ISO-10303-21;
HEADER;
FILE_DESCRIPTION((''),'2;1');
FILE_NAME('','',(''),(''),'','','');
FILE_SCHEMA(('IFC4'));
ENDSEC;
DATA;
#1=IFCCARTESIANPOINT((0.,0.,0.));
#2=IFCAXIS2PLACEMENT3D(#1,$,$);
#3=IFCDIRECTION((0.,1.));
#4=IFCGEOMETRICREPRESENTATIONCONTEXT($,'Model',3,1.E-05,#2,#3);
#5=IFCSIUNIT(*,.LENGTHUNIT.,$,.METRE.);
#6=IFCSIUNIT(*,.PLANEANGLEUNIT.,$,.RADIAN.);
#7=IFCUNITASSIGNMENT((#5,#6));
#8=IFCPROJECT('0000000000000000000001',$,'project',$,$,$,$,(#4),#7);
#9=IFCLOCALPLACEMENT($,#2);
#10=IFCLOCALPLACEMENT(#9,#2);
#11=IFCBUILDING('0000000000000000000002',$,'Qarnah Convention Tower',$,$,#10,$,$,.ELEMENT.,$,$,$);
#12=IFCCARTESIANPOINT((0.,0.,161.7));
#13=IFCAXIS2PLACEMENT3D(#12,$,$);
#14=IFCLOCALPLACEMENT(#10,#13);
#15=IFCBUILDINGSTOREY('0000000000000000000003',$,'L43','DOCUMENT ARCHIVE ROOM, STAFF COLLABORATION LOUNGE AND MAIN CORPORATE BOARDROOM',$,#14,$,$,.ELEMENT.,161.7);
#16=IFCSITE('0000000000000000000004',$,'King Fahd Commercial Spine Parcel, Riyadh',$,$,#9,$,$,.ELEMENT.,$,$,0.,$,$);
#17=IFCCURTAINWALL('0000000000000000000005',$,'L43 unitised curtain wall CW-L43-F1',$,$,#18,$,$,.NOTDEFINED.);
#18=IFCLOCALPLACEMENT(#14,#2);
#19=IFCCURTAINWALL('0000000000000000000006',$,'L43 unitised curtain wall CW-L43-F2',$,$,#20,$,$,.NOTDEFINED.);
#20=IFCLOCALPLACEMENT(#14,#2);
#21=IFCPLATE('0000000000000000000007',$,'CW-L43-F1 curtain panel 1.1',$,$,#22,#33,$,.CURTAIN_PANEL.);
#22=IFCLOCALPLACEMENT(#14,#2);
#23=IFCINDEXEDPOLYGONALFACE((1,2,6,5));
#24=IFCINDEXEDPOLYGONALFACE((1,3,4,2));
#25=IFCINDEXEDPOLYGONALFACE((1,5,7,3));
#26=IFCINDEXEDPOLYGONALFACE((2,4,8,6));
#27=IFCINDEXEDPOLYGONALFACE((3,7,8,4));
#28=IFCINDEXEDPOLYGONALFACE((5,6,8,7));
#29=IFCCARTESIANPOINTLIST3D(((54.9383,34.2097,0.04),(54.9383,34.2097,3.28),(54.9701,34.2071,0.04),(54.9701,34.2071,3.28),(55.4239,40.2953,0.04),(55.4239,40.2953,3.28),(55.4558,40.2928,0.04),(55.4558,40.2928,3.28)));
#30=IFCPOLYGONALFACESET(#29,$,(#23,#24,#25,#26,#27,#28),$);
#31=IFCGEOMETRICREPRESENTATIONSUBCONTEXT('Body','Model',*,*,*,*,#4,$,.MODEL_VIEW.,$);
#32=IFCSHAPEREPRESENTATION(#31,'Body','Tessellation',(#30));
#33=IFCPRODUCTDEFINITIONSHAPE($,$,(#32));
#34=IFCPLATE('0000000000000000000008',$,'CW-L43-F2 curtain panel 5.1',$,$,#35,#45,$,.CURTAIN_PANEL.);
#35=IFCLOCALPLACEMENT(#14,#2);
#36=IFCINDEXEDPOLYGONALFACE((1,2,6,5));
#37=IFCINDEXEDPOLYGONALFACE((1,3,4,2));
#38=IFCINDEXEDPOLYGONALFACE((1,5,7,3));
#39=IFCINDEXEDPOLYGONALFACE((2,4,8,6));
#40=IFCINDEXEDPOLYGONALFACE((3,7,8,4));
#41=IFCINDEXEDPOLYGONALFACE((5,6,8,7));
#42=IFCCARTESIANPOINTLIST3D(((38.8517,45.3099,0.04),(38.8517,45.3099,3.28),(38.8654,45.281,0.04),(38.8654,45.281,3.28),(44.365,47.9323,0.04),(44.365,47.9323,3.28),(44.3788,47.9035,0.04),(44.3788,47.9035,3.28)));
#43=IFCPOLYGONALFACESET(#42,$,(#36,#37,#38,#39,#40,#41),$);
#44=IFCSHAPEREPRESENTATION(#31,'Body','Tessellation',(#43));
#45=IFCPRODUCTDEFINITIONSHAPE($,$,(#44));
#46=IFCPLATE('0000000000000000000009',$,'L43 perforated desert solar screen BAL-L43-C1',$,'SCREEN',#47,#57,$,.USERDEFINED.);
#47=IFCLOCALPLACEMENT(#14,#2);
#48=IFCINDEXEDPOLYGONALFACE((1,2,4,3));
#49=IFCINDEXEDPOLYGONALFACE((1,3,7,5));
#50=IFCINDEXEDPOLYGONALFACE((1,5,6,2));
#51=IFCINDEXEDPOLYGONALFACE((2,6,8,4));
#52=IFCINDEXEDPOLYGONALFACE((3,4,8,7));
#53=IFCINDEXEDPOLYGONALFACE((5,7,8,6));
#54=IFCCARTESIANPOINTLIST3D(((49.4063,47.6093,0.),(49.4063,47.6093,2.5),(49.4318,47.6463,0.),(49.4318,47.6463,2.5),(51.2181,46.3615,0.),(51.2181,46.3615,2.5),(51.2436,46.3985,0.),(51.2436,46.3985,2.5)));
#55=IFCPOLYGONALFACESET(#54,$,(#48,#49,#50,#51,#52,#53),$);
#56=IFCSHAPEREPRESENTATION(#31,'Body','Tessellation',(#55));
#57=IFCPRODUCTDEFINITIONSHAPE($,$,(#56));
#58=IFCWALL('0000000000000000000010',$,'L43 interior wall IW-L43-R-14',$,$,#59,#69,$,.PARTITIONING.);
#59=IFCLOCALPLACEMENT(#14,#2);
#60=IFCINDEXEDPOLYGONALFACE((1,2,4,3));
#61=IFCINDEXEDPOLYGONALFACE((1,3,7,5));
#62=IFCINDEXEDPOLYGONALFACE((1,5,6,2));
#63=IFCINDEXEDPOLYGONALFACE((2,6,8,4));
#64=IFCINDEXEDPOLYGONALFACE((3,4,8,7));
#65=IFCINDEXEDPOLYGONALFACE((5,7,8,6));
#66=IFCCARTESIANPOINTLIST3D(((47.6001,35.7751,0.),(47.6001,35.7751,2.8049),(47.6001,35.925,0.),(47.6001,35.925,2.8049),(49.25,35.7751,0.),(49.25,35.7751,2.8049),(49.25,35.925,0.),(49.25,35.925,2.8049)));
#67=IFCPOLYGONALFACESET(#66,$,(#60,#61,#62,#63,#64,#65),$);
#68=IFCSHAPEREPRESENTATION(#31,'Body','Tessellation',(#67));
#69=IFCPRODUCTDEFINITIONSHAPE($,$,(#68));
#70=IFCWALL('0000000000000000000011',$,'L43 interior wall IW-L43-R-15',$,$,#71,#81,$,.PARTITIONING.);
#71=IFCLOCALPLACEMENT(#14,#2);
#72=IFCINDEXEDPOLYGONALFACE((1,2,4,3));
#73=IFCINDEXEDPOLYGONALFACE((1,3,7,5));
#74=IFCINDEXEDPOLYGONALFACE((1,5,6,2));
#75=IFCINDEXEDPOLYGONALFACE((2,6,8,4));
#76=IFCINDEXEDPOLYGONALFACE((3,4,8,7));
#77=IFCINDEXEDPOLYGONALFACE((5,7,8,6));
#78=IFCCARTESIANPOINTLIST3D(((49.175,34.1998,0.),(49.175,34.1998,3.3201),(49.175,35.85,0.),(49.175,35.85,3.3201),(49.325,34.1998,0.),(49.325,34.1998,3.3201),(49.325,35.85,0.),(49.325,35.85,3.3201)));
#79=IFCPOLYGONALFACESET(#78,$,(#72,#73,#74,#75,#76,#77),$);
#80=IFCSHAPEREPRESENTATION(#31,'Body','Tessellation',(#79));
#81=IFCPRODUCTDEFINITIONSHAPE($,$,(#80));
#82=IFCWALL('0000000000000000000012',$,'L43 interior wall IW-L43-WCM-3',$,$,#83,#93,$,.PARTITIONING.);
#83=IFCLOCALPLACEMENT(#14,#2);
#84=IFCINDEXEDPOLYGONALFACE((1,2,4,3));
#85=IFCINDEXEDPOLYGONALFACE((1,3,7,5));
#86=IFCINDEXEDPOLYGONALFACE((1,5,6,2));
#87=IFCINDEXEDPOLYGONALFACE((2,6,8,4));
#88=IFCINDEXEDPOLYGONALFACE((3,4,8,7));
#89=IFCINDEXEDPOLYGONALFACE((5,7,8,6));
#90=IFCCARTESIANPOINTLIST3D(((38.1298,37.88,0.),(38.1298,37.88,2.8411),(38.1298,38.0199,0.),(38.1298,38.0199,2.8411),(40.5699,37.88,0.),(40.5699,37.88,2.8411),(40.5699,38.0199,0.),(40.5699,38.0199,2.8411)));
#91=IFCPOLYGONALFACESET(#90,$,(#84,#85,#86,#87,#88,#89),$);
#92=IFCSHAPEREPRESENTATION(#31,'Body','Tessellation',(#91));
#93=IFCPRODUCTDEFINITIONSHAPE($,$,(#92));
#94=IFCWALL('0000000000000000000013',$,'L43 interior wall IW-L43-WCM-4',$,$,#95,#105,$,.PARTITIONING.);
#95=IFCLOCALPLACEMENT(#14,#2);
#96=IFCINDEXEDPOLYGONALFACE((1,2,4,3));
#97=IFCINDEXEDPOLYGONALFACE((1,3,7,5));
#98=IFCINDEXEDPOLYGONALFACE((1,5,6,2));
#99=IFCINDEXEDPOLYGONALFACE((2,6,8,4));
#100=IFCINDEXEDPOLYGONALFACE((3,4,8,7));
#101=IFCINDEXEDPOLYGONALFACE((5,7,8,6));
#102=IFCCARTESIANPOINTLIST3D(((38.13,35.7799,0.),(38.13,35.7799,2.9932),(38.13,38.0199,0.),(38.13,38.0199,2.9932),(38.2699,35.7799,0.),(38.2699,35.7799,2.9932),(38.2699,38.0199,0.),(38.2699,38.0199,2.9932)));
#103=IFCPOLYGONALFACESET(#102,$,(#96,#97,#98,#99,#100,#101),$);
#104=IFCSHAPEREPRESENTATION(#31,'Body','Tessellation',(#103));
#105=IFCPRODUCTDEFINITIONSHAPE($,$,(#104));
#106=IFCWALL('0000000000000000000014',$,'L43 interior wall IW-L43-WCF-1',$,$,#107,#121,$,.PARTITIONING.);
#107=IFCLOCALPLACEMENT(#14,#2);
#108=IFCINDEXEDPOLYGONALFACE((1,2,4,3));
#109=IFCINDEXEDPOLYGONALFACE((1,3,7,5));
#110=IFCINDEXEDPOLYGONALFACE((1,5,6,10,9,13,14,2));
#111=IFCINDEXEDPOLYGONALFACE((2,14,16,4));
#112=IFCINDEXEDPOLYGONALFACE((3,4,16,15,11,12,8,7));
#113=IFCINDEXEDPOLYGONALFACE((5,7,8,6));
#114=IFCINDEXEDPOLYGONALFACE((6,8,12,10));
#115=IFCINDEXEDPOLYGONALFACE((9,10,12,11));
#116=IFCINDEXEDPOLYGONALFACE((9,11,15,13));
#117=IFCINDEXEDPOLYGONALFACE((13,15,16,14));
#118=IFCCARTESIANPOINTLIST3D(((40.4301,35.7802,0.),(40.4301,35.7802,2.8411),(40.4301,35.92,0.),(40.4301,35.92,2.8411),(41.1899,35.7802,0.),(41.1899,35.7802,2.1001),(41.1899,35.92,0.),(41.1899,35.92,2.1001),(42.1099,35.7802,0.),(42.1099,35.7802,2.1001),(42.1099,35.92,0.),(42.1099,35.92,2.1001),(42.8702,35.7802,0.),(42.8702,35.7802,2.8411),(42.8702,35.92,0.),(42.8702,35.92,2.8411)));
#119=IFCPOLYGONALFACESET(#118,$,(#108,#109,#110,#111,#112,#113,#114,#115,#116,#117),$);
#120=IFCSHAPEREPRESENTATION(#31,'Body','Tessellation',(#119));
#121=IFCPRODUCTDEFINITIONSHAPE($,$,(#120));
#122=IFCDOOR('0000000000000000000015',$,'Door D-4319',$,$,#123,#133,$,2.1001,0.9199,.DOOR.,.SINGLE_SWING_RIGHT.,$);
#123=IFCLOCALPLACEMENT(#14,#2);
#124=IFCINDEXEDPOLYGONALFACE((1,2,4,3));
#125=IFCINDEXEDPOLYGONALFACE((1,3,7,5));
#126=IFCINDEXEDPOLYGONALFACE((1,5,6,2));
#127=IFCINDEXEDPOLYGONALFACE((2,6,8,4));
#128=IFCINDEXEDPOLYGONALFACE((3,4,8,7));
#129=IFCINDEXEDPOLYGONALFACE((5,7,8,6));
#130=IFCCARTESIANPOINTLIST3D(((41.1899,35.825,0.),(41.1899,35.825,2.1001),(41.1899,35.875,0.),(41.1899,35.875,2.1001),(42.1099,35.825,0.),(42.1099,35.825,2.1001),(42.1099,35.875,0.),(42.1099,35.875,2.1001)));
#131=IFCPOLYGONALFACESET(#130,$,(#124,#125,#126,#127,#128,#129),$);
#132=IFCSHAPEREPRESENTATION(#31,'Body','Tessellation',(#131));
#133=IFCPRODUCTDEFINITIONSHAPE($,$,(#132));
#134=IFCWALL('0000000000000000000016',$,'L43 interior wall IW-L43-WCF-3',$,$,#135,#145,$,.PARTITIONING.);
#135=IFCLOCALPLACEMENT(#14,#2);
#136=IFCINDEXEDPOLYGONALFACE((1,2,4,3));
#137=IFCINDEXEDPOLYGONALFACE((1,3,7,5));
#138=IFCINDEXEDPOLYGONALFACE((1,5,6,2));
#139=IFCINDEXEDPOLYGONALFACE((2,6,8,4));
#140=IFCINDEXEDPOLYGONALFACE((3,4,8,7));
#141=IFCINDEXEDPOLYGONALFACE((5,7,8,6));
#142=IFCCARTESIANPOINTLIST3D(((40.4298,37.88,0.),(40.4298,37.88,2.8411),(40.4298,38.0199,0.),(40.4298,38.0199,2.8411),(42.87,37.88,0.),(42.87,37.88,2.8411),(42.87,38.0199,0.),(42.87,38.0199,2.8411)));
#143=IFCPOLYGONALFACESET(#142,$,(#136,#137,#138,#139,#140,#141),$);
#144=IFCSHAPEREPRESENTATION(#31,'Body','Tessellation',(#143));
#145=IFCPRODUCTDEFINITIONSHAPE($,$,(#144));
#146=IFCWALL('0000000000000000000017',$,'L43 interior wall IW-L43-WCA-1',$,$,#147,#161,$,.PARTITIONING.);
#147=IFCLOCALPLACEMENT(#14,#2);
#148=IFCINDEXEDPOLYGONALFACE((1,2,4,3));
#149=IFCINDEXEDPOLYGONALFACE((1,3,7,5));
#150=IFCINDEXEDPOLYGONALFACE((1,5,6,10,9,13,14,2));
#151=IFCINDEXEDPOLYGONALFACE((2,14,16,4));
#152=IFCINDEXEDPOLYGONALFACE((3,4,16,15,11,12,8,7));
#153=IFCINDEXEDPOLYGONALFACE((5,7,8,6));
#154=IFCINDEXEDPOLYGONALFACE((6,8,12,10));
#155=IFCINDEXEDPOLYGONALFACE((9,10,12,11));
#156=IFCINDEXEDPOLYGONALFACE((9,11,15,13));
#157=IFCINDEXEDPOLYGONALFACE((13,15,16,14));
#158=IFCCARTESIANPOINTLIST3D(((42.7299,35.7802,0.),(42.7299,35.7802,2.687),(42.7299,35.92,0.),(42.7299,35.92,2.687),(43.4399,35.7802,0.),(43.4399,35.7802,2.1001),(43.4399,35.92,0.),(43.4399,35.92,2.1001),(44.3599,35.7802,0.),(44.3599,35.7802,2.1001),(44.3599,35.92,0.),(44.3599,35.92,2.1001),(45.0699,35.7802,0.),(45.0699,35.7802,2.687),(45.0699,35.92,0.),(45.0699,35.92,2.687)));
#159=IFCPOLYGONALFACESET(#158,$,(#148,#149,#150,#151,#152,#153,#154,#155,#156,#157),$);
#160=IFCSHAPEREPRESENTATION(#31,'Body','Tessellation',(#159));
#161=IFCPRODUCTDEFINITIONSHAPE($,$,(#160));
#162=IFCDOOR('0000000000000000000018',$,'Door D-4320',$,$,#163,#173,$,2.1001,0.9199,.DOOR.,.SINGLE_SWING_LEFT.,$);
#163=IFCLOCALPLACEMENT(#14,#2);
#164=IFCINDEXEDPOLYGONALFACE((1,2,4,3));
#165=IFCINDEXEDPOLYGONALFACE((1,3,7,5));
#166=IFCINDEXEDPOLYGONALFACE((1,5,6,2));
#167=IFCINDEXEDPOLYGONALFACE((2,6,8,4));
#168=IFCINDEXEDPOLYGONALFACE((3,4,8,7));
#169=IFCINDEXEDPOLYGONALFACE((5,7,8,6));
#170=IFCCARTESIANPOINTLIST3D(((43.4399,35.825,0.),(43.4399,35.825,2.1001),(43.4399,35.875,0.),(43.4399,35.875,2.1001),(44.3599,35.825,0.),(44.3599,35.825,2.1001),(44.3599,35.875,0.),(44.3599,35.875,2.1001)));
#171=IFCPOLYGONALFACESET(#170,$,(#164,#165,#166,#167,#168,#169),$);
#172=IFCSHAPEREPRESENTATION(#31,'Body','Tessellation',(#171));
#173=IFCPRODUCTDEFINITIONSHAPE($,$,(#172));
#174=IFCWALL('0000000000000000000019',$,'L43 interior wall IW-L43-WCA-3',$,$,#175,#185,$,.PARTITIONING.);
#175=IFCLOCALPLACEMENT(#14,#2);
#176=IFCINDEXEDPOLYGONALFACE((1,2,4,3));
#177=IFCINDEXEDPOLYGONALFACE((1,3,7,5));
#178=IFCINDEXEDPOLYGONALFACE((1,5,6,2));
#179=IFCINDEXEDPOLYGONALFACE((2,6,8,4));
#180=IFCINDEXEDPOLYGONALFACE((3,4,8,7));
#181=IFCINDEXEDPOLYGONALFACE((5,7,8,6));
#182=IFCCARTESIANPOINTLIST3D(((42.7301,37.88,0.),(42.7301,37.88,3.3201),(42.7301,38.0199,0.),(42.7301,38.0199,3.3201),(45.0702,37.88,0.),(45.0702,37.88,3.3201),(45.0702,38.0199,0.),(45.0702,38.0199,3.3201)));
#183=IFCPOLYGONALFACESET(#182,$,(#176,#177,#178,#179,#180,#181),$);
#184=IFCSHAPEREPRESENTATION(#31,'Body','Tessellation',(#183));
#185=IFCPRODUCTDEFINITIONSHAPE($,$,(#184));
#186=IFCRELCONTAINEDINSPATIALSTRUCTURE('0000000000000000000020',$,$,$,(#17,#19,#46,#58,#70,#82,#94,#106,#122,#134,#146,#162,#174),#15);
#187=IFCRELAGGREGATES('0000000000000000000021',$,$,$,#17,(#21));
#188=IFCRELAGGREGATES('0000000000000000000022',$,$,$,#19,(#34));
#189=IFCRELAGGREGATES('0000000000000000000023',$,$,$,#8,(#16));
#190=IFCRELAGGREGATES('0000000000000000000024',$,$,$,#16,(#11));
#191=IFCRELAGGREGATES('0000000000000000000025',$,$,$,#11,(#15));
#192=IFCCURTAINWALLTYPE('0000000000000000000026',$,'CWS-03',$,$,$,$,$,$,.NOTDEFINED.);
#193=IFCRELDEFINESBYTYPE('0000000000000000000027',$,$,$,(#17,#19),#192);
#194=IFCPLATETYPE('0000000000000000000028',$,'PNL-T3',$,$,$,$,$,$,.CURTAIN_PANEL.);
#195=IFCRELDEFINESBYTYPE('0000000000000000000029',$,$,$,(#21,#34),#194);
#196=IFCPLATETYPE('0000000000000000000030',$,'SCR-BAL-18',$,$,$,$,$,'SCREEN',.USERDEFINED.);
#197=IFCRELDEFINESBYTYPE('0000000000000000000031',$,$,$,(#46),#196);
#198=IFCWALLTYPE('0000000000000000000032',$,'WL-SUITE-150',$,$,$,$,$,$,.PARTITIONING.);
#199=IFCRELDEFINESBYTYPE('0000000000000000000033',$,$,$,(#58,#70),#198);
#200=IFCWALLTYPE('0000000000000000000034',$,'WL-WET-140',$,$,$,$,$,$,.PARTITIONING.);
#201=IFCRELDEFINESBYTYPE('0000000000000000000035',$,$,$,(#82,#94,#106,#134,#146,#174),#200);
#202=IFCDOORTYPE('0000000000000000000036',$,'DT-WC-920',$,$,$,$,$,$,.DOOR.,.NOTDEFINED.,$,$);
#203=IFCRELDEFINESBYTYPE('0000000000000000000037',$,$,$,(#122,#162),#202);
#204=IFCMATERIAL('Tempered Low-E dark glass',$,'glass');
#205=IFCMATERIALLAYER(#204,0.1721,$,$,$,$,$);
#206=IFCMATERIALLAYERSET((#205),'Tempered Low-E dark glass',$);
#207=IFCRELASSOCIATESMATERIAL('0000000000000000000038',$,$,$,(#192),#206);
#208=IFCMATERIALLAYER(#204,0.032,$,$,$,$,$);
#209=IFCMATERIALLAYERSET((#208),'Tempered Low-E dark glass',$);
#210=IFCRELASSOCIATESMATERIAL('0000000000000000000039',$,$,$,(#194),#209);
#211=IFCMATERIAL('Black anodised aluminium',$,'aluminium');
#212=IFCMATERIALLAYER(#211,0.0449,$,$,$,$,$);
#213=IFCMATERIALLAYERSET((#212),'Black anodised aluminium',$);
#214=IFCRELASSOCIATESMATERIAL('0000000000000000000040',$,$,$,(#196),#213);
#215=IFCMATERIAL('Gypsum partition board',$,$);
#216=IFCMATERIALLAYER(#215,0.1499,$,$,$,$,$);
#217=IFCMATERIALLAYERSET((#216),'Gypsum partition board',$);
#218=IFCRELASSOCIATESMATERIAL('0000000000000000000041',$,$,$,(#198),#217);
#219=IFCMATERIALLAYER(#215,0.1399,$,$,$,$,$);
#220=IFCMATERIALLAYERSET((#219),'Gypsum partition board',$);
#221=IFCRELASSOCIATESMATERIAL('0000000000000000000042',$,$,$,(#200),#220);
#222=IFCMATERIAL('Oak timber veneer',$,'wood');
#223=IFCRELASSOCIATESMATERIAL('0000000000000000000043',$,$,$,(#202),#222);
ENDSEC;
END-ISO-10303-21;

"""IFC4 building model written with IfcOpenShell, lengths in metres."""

from ifc_helpers import new_model, si_unit, direction, frame, frame_2d, origin, origin_2d, place, context, subcontext, project, spatial, rectangle, extrude, material, layer, layer_set, type_object, element, fill, aggregate, save


model = new_model("IFC4")

# Units and contexts
model_context = context("Model", 3, precision=1e-05, world=origin(), true_north=direction((0.0, 1.0)))
body_context = subcontext(model_context, "Body", "Model", "MODEL_VIEW")
ifc_project = project(units=[si_unit("LENGTHUNIT", "METRE"), si_unit("PLANEANGLEUNIT", "RADIAN")], contexts=[model_context])

# Site, building, storey
site_placement = place(None, origin())
site = spatial("IfcSite", under=ifc_project, at=site_placement, Name="King Fahd Commercial Spine Parcel, Riyadh", CompositionType="ELEMENT", RefElevation=0.0)
building_placement = place(site_placement, origin())
building = spatial("IfcBuilding", under=site, at=building_placement, Name="Qarnah Convention Tower", CompositionType="ELEMENT")
storey_placement = place(building_placement, frame((0.0, 0.0, 161.7)))
storey = spatial("IfcBuildingStorey", under=building, at=storey_placement, Name="L43", Description="DOCUMENT ARCHIVE ROOM, STAFF COLLABORATION LOUNGE AND MAIN CORPORATE BOARDROOM", CompositionType="ELEMENT", Elevation=161.7)

# Curtain wall
ifc_material_1 = material(Name="Tempered Low-E dark glass", Category="glass")
ifc_layer_1 = layer(ifc_material_1, 0.1721)
ifc_layer_set_1 = layer_set([ifc_layer_1], Name="Tempered Low-E dark glass")
curtain_wall_type = type_object("IfcCurtainWallType", Name="CWS-03", PredefinedType="NOTDEFINED", material=ifc_layer_set_1)
curtain_wall_1_placement = place(storey_placement, origin())
curtain_wall_1 = element("IfcCurtainWall", 1, at=curtain_wall_1_placement, inside=storey, type_object=curtain_wall_type, Name="L43 unitised curtain wall CW-L43-F1", PredefinedType="NOTDEFINED")
ifc_material_2 = material(Name="Black anodised aluminium", Category="aluminium")

# Curtain wall
curtain_wall_2_placement = place(storey_placement, origin())
curtain_wall_2 = element("IfcCurtainWall", 2, at=curtain_wall_2_placement, inside=storey, type_object=curtain_wall_type, Name="L43 unitised curtain wall CW-L43-F2", PredefinedType="NOTDEFINED")

# Plates
ifc_layer_2 = layer(ifc_material_1, 0.032)
ifc_layer_set_2 = layer_set([ifc_layer_2], Name="Tempered Low-E dark glass")
plate_type_1 = type_object("IfcPlateType", Name="PNL-T3", PredefinedType="CURTAIN_PANEL", material=ifc_layer_set_2)
plate_1_placement = place(storey_placement, frame((55.197, 37.2512, 0.04), z_axis=(0.0, 0.0, 1.0), x_axis=(-0.079547, -0.996831, 0.0)))
plate_1 = element("IfcPlate", 3, at=plate_1_placement, type_object=plate_type_1, Name="CW-L43-F1 curtain panel 1.1", PredefinedType="CURTAIN_PANEL", context=body_context, shape_type="SweptSolid", body=[
    extrude(rectangle(XDim=6.105, YDim=0.032, at=origin_2d()), origin(), (0.0, 0.0, 1.0), 3.24),
])
aggregate(curtain_wall_1, [plate_1])
plate_2_placement = place(storey_placement, frame((41.6152, 46.6067, 0.04), z_axis=(0.0, 0.0, 1.0), x_axis=(0.903049, 0.429537, 0.0)))
plate_2 = element("IfcPlate", 4, at=plate_2_placement, type_object=plate_type_1, Name="CW-L43-F2 curtain panel 5.1", PredefinedType="CURTAIN_PANEL", context=body_context, shape_type="SweptSolid", body=[
    extrude(rectangle(XDim=6.1052, YDim=0.032, at=origin_2d()), origin(), (0.0, 0.0, 1.0), 3.24),
])
aggregate(curtain_wall_2, [plate_2])
ifc_layer_3 = layer(ifc_material_2, 0.0449)
ifc_layer_set_3 = layer_set([ifc_layer_3], Name="Black anodised aluminium")
plate_type_2 = type_object("IfcPlateType", Name="SCR-BAL-18", ElementType="SCREEN", PredefinedType="USERDEFINED", material=ifc_layer_set_3)
plate_3_placement = place(storey_placement, frame((50.325, 47.0039, 0.0), z_axis=(0.0, 0.0, 1.0), x_axis=(0.823559, -0.56723, 0.0)))
element("IfcPlate", 5, at=plate_3_placement, inside=storey, type_object=plate_type_2, Name="L43 perforated desert solar screen BAL-L43-C1", ObjectType="SCREEN", PredefinedType="USERDEFINED", context=body_context, shape_type="SweptSolid", body=[
    extrude(rectangle(XDim=2.2, YDim=0.0449, at=origin_2d()), origin(), (0.0, 0.0, 1.0), 2.5),
])

# Shared definitions
ifc_material_3 = material(Name="Gypsum partition board")
ifc_layer_4 = layer(ifc_material_3, 0.1499)
ifc_layer_set_4 = layer_set([ifc_layer_4], Name="Gypsum partition board")
wall_type_1 = type_object("IfcWallType", Name="WL-SUITE-150", PredefinedType="PARTITIONING", material=ifc_layer_set_4)
ifc_material_4 = material(Name="Oak timber veneer", Category="wood")

# Walls
wall_1_placement = place(storey_placement, frame((47.6001, 35.8501, 0.0), z_axis=(0.0, 0.0, 1.0), x_axis=(1.0, 0.0, 0.0)))
element("IfcWall", 6, at=wall_1_placement, inside=storey, type_object=wall_type_1, Name="L43 interior wall IW-L43-R-14", PredefinedType="PARTITIONING", context=body_context, shape_type="SweptSolid", body=[
    extrude(rectangle(XDim=1.6499, YDim=0.1499, at=frame_2d((0.825, 0.0))), origin(), (0.0, 0.0, 1.0), 2.8049),
])
wall_2_placement = place(storey_placement, frame((49.25, 35.8501, 0.0), z_axis=(0.0, 0.0, 1.0), x_axis=(0.0, -1.0, 0.0)))
element("IfcWall", 7, at=wall_2_placement, inside=storey, type_object=wall_type_1, Name="L43 interior wall IW-L43-R-15", PredefinedType="PARTITIONING", context=body_context, shape_type="SweptSolid", body=[
    extrude(rectangle(XDim=1.6501, YDim=0.1499, at=frame_2d((0.8252, 0.0))), origin(), (0.0, 0.0, 1.0), 3.3201),
])
ifc_layer_5 = layer(ifc_material_3, 0.1399)
ifc_layer_set_5 = layer_set([ifc_layer_5], Name="Gypsum partition board")
wall_type_2 = type_object("IfcWallType", Name="WL-WET-140", PredefinedType="PARTITIONING", material=ifc_layer_set_5)
wall_3_placement = place(storey_placement, frame((40.5701, 37.95, 0.0), z_axis=(0.0, 0.0, 1.0), x_axis=(-1.0, 0.0, 0.0)))
element("IfcWall", 8, at=wall_3_placement, inside=storey, type_object=wall_type_2, Name="L43 interior wall IW-L43-WCM-3", PredefinedType="PARTITIONING", context=body_context, shape_type="SweptSolid", body=[
    extrude(rectangle(XDim=2.4402, YDim=0.1399, at=frame_2d((1.2202, 0.0))), origin(), (0.0, 0.0, 1.0), 2.8411),
])
wall_4_placement = place(storey_placement, frame((38.2, 38.02, 0.0), z_axis=(0.0, 0.0, 1.0), x_axis=(0.0, -1.0, 0.0)))
element("IfcWall", 9, at=wall_4_placement, inside=storey, type_object=wall_type_2, Name="L43 interior wall IW-L43-WCM-4", PredefinedType="PARTITIONING", context=body_context, shape_type="SweptSolid", body=[
    extrude(rectangle(XDim=2.24, YDim=0.1399, at=frame_2d((1.1201, 0.0))), origin(), (0.0, 0.0, 1.0), 2.9932),
])

# Wall, opening, door
wall_5_placement = place(storey_placement, frame((40.4299, 35.8501, 0.0), z_axis=(0.0, 0.0, 1.0), x_axis=(1.0, 0.0, 0.0)))
wall_5 = element("IfcWall", 10, at=wall_5_placement, inside=storey, type_object=wall_type_2, Name="L43 interior wall IW-L43-WCF-1", PredefinedType="PARTITIONING", context=body_context, shape_type="SweptSolid", body=[
    extrude(rectangle(XDim=2.4402, YDim=0.1399, at=frame_2d((1.2202, 0.0))), origin(), (0.0, 0.0, 1.0), 2.8411),
])
opening_1_placement = place(wall_5_placement, frame((0.76, 0.0, 0.0)))
opening_1 = element("IfcOpeningElement", 11, at=opening_1_placement, cuts=wall_5, PredefinedType="OPENING", context=body_context, shape_type="SweptSolid", body=[
    extrude(rectangle(XDim=0.9199, YDim=2.1001, at=frame_2d((0.46, 1.05))), frame((0.0, 0.0798, 0.0), z_axis=(0.0, -1.0, 0.0), x_axis=(1.0, 0.0, 0.0)), (0.0, 0.0, 1.0), 0.1599),
])
door_type_1 = type_object("IfcDoorType", Name="DT-WC-920", OperationType="NOTDEFINED", PredefinedType="DOOR", material=ifc_material_4)
door_1_placement = place(opening_1_placement, origin())
door_1 = element("IfcDoor", 12, at=door_1_placement, inside=storey, type_object=door_type_1, Name="Door D-4319", OperationType="SINGLE_SWING_RIGHT", OverallHeight=2.1001, OverallWidth=0.9199, PredefinedType="DOOR", context=body_context, shape_type="SweptSolid", body=[
    extrude(rectangle(XDim=0.9199, YDim=2.1001, at=frame_2d((0.46, 1.05))), frame((0.0, 0.0249, 0.0), z_axis=(0.0, -1.0, 0.0), x_axis=(1.0, 0.0, 0.0)), (0.0, 0.0, 1.0), 0.05),
])
fill(opening_1, door_1)

# Wall
wall_6_placement = place(storey_placement, frame((42.8701, 37.95, 0.0), z_axis=(0.0, 0.0, 1.0), x_axis=(-1.0, 0.0, 0.0)))
element("IfcWall", 13, at=wall_6_placement, inside=storey, type_object=wall_type_2, Name="L43 interior wall IW-L43-WCF-3", PredefinedType="PARTITIONING", context=body_context, shape_type="SweptSolid", body=[
    extrude(rectangle(XDim=2.4402, YDim=0.1399, at=frame_2d((1.2202, 0.0))), origin(), (0.0, 0.0, 1.0), 2.8411),
])

# Wall, opening, door
wall_7_placement = place(storey_placement, frame((42.73, 35.8501, 0.0), z_axis=(0.0, 0.0, 1.0), x_axis=(1.0, 0.0, 0.0)))
wall_7 = element("IfcWall", 14, at=wall_7_placement, inside=storey, type_object=wall_type_2, Name="L43 interior wall IW-L43-WCA-1", PredefinedType="PARTITIONING", context=body_context, shape_type="SweptSolid", body=[
    extrude(rectangle(XDim=2.3401, YDim=0.1399, at=frame_2d((1.1699, 0.0))), origin(), (0.0, 0.0, 1.0), 2.687),
])
opening_2_placement = place(wall_7_placement, frame((0.71, 0.0, 0.0)))
opening_2 = element("IfcOpeningElement", 15, at=opening_2_placement, cuts=wall_7, PredefinedType="OPENING", context=body_context, shape_type="SweptSolid", body=[
    extrude(rectangle(XDim=0.9199, YDim=2.1001, at=frame_2d((0.46, 1.05))), frame((0.0, 0.0798, 0.0), z_axis=(0.0, -1.0, 0.0), x_axis=(1.0, 0.0, 0.0)), (0.0, 0.0, 1.0), 0.1599),
])
door_2_placement = place(opening_2_placement, origin())
door_2 = element("IfcDoor", 16, at=door_2_placement, inside=storey, type_object=door_type_1, Name="Door D-4320", OperationType="SINGLE_SWING_LEFT", OverallHeight=2.1001, OverallWidth=0.9199, PredefinedType="DOOR", context=body_context, shape_type="SweptSolid", body=[
    extrude(rectangle(XDim=0.9199, YDim=2.1001, at=frame_2d((0.46, 1.05))), frame((0.0, 0.0249, 0.0), z_axis=(0.0, -1.0, 0.0), x_axis=(1.0, 0.0, 0.0)), (0.0, 0.0, 1.0), 0.05),
])
fill(opening_2, door_2)

# Wall
wall_8_placement = place(storey_placement, frame((45.0701, 37.95, 0.0), z_axis=(0.0, 0.0, 1.0), x_axis=(-1.0, 0.0, 0.0)))
element("IfcWall", 17, at=wall_8_placement, inside=storey, type_object=wall_type_2, Name="L43 interior wall IW-L43-WCA-3", PredefinedType="PARTITIONING", context=body_context, shape_type="SweptSolid", body=[
    extrude(rectangle(XDim=2.3401, YDim=0.1399, at=frame_2d((1.1699, 0.0))), origin(), (0.0, 0.0, 1.0), 3.3201),
])

save(model, "model.ifc")
